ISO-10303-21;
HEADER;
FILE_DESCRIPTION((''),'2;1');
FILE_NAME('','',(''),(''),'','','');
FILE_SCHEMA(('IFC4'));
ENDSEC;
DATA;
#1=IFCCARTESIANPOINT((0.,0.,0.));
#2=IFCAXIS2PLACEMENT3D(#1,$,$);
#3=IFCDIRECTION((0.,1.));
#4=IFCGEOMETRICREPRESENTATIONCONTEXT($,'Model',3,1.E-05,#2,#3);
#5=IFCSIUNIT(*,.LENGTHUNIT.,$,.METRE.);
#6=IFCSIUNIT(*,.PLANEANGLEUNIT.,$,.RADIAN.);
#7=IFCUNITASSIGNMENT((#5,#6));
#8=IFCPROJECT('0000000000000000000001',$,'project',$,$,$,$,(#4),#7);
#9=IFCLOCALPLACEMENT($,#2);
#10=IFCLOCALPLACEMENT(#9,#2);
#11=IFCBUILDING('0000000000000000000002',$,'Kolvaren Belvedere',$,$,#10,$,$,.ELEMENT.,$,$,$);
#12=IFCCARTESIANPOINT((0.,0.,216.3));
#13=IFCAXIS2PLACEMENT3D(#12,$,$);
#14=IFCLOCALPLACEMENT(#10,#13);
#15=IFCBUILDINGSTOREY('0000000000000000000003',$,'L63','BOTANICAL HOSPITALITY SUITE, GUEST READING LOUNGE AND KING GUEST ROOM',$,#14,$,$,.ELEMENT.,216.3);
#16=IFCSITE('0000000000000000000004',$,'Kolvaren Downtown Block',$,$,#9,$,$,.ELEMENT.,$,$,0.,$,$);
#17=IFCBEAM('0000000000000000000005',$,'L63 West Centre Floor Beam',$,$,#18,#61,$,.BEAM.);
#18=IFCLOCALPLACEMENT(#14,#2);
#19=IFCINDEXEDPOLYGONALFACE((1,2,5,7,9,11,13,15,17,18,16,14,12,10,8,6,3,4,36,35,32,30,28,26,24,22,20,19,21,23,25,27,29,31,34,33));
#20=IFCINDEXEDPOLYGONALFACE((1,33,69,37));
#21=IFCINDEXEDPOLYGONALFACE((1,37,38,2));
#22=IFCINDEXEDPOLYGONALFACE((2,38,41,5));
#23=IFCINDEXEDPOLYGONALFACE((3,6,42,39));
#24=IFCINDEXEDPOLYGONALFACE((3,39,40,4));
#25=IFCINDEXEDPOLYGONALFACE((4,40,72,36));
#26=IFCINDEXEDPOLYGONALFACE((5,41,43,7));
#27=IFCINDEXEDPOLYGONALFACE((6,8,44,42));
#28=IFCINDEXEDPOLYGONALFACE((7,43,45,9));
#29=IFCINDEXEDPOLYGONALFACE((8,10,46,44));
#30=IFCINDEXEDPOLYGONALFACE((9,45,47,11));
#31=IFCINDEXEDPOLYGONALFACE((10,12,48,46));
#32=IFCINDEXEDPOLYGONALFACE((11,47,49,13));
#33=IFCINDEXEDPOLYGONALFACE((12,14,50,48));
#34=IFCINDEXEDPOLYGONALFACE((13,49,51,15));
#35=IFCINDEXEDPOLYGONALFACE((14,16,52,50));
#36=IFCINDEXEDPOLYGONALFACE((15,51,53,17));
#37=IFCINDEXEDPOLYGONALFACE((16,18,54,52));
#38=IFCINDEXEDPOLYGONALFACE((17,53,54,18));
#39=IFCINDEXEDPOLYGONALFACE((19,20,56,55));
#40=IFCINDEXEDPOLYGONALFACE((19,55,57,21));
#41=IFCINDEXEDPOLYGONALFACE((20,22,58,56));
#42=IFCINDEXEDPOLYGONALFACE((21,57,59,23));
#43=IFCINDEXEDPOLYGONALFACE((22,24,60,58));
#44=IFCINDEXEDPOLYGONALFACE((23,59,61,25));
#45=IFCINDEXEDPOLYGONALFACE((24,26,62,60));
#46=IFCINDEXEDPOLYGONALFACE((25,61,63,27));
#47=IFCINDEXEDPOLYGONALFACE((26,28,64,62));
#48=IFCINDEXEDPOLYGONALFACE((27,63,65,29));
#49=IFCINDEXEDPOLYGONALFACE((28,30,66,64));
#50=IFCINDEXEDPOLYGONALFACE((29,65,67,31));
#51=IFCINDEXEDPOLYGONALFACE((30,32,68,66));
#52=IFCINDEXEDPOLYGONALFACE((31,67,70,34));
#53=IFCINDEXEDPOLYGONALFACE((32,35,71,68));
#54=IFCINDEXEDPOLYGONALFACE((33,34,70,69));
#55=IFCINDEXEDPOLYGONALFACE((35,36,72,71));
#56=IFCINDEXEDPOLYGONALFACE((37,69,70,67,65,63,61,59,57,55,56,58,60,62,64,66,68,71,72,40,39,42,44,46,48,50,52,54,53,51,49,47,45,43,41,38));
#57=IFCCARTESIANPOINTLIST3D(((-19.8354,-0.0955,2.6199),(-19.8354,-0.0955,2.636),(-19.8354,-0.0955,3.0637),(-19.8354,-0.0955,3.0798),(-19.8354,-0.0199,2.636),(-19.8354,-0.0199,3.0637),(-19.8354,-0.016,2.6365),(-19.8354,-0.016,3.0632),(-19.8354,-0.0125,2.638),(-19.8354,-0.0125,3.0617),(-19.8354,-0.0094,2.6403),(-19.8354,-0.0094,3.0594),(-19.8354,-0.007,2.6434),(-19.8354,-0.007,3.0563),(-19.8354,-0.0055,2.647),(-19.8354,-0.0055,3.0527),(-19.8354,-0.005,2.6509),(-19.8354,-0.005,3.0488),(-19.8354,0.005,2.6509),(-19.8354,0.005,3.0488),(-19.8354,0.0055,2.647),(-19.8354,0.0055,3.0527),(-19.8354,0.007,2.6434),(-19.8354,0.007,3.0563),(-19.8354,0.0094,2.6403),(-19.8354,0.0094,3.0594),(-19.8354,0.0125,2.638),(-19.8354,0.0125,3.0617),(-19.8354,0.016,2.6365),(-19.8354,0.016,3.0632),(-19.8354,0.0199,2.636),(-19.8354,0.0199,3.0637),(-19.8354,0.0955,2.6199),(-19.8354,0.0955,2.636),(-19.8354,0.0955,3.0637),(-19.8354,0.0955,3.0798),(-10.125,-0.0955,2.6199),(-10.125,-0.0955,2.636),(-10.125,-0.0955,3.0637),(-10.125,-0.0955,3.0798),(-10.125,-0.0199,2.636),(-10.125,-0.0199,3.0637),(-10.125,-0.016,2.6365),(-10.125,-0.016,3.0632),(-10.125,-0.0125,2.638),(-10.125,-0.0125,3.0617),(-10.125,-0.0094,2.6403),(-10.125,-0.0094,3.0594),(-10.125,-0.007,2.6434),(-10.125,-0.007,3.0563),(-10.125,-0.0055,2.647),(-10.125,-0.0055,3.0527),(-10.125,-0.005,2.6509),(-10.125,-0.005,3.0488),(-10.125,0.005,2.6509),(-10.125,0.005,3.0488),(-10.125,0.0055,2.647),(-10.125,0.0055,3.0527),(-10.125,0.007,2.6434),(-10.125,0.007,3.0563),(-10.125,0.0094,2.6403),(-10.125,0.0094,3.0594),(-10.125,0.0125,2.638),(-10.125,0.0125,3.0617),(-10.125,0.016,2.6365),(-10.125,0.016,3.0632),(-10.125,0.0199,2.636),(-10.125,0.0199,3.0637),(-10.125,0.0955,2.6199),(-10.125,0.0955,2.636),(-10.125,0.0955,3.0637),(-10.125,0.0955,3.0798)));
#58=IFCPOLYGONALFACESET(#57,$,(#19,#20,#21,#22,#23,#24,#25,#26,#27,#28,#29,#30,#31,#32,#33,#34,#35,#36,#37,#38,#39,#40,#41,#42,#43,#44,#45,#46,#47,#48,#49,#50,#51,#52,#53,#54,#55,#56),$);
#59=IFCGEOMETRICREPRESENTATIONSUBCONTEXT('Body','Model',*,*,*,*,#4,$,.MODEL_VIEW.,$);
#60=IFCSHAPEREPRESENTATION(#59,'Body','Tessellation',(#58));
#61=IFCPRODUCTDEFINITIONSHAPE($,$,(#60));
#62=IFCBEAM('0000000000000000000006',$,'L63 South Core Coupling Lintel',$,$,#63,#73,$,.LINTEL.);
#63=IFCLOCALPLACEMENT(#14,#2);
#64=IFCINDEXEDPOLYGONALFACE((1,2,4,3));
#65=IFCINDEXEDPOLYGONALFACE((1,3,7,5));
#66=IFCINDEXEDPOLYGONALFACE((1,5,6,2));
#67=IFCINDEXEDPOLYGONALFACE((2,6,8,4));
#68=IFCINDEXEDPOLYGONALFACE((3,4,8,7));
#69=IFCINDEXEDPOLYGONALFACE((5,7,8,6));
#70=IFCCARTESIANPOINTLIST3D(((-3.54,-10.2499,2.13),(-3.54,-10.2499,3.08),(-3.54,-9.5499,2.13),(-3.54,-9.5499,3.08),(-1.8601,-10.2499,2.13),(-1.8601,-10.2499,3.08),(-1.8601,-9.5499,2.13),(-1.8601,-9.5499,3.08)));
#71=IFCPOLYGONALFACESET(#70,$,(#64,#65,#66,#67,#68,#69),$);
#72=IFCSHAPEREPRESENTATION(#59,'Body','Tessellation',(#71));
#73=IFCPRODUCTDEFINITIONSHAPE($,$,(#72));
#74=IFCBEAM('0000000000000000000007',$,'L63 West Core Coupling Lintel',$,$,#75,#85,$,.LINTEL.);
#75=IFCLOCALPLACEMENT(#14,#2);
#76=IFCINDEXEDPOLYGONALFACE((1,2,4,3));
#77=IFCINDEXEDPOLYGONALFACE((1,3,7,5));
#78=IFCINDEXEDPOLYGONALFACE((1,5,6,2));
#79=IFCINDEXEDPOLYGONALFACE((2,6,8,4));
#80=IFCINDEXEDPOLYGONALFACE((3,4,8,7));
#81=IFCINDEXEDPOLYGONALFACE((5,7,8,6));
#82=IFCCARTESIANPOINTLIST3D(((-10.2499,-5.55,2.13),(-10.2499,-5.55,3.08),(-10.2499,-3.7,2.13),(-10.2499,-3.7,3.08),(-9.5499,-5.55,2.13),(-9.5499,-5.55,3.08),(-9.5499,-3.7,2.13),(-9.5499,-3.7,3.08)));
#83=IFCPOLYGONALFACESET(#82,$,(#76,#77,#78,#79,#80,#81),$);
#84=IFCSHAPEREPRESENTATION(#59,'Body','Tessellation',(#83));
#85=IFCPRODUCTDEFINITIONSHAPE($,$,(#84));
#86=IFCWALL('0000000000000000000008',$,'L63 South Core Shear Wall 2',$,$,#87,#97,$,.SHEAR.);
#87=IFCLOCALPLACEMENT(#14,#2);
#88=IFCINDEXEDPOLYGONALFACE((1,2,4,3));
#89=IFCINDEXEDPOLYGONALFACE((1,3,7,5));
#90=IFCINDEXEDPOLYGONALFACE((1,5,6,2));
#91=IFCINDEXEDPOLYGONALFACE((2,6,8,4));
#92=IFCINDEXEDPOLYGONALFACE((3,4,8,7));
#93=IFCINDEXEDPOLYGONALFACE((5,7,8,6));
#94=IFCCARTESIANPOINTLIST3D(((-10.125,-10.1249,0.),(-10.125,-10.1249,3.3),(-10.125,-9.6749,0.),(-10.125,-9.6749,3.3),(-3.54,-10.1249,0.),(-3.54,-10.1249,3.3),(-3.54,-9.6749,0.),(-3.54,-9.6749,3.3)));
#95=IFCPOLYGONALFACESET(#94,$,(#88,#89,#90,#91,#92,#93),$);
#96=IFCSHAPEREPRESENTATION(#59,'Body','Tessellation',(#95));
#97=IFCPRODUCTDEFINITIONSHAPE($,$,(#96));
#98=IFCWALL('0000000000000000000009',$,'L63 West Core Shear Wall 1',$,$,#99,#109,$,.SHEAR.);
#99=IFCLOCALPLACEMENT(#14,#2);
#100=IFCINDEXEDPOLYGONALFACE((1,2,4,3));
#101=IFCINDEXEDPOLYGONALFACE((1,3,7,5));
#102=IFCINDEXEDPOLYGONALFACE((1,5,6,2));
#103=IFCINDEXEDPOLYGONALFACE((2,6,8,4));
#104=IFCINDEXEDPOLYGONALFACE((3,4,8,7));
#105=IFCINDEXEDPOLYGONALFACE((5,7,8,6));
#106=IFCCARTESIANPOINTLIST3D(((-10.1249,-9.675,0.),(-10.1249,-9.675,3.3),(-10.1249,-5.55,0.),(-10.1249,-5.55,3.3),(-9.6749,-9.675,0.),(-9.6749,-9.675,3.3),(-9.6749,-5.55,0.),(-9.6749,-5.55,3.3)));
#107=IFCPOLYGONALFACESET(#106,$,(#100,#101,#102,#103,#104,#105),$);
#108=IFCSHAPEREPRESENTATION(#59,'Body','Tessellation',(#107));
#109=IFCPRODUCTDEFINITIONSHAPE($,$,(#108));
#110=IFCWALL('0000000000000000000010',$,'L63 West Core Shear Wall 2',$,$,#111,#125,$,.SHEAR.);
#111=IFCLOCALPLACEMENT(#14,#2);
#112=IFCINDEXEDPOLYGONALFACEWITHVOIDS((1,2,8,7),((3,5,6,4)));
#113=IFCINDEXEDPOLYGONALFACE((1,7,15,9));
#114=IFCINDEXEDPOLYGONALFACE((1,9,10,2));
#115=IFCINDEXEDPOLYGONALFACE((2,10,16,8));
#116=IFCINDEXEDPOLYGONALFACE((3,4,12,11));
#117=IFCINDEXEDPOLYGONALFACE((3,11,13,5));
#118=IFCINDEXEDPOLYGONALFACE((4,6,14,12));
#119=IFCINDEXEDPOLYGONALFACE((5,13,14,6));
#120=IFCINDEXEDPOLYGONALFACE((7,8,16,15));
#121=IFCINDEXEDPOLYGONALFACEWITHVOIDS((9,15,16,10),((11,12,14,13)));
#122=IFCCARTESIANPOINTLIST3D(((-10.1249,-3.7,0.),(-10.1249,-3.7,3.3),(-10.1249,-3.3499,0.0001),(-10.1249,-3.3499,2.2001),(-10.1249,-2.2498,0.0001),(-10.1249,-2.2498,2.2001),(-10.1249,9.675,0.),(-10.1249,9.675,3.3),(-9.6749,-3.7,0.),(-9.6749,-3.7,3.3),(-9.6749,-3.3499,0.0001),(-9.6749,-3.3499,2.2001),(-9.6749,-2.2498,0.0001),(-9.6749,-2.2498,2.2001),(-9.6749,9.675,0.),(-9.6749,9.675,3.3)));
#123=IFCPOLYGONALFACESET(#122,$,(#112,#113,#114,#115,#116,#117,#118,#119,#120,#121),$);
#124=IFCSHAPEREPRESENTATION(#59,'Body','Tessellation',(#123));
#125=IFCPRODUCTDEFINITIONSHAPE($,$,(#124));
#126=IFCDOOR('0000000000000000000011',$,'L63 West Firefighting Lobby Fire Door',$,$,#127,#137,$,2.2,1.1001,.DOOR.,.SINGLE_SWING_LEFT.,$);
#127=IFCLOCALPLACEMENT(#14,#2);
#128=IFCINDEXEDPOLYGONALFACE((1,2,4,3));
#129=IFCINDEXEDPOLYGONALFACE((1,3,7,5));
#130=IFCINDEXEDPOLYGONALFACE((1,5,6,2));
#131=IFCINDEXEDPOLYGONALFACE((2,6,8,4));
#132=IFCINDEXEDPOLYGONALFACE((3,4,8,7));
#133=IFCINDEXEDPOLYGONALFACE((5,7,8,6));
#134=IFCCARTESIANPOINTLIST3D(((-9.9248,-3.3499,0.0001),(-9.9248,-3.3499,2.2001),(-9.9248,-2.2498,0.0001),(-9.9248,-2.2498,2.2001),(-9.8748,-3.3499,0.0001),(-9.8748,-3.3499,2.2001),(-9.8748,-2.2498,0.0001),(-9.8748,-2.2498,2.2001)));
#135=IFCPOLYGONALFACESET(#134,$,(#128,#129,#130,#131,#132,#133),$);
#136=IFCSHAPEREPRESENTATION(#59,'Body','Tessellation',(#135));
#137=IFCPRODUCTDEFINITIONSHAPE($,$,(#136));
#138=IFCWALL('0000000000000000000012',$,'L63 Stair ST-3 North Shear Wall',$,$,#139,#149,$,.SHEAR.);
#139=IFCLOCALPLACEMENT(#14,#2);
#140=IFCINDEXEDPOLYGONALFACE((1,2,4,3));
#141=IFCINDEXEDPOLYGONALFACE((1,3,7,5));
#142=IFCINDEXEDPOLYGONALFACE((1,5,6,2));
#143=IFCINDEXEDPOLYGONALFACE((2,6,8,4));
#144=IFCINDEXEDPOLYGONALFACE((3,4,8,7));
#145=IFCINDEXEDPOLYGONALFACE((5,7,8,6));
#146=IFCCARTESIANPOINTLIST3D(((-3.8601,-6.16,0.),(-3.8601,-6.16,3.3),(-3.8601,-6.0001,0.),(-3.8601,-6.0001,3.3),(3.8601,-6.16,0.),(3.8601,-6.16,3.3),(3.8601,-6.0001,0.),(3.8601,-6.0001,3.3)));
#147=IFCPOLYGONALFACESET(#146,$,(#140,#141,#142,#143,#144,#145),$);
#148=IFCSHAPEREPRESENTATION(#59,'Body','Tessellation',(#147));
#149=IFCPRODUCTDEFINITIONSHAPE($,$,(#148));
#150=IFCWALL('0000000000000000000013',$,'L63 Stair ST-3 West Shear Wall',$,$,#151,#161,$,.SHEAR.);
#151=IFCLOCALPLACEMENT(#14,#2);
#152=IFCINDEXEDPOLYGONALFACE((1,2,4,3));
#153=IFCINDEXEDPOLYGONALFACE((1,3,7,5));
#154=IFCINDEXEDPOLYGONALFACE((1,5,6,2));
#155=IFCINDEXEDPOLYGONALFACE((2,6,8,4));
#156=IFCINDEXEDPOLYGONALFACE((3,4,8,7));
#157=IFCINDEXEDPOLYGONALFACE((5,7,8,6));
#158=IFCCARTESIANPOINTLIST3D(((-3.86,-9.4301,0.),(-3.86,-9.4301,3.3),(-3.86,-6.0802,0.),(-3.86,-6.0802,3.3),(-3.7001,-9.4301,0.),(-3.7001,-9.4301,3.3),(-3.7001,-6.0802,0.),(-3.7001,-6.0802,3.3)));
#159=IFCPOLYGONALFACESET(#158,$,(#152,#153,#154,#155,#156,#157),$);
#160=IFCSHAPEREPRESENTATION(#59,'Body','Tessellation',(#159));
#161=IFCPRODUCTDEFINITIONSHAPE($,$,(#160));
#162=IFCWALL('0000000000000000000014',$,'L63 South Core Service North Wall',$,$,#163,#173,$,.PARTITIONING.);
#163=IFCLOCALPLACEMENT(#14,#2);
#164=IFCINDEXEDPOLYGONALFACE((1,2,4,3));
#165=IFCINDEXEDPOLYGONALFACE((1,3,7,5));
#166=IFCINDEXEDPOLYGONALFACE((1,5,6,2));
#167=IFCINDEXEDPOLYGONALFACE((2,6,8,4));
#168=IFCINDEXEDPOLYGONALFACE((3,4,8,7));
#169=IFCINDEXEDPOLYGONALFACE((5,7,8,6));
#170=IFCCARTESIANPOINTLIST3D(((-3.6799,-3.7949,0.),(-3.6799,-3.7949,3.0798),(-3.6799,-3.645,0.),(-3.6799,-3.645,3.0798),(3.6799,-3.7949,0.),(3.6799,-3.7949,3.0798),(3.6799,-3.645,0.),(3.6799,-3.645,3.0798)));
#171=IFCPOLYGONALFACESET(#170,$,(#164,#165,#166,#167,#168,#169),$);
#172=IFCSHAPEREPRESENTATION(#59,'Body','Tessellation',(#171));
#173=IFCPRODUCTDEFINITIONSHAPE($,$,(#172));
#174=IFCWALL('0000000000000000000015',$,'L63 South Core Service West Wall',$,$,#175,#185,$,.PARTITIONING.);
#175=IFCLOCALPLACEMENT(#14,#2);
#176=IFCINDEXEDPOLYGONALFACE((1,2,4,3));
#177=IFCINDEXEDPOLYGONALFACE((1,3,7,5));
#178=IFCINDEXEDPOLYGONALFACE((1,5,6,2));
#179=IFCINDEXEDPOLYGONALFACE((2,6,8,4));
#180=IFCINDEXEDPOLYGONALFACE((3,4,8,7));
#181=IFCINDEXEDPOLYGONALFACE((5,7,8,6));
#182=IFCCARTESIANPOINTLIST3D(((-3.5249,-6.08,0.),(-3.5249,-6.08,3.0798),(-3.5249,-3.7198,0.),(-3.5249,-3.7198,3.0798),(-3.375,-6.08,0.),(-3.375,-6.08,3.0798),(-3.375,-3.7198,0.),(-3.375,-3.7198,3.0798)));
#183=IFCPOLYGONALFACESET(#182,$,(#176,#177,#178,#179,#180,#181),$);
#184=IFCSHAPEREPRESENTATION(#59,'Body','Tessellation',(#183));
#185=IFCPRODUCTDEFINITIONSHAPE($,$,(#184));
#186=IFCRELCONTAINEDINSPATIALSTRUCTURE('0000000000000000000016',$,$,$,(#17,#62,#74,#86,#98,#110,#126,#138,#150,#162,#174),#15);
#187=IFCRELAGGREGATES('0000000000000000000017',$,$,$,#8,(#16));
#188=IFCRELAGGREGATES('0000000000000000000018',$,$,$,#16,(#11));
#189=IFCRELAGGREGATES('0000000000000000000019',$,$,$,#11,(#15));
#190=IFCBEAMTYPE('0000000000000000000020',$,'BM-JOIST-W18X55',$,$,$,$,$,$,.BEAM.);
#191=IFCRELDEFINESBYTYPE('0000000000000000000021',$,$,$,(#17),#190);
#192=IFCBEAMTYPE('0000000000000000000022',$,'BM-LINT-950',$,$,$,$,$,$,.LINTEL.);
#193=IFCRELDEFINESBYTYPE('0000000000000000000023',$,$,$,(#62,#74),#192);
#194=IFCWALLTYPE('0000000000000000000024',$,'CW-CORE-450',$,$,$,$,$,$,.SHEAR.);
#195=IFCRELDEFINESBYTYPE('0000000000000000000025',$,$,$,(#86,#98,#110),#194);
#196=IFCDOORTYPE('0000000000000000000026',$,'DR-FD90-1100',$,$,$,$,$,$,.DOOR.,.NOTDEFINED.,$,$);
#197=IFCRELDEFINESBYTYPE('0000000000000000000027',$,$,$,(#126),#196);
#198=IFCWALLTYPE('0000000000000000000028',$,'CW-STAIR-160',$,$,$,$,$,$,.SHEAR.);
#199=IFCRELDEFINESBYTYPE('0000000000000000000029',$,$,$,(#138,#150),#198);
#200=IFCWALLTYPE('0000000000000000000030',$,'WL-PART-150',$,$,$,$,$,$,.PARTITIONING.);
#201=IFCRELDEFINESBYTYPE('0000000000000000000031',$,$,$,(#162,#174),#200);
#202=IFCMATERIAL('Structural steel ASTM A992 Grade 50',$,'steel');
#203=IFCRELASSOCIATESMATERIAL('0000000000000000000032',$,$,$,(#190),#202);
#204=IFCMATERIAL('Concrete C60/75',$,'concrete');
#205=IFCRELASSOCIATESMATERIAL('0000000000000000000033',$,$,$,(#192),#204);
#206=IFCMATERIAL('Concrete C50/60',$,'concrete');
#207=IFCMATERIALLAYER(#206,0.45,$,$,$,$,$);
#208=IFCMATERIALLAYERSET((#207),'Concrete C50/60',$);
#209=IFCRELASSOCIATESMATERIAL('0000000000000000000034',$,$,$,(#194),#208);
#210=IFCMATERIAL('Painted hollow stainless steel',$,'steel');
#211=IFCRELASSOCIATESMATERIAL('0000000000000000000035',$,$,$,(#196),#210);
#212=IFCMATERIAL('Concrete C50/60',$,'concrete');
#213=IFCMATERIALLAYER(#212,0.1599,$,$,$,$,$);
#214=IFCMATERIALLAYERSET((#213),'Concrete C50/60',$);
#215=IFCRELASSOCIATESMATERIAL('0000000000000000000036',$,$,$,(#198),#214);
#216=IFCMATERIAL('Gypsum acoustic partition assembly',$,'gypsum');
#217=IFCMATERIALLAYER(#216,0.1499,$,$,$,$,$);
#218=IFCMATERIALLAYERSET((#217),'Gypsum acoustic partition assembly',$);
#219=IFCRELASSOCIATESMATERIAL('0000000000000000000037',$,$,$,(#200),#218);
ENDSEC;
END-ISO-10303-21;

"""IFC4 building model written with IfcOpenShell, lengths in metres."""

from ifc_helpers import new_model, si_unit, direction, frame, frame_2d, origin, origin_2d, place, context, subcontext, project, spatial, rectangle, i_section, extrude, material, layer, layer_set, material_profile, profile_set, type_object, element, fill, save


model = new_model("IFC4")

# Units and contexts
model_context = context("Model", 3, precision=1e-05, world=origin(), true_north=direction((0.0, 1.0)))
body_context = subcontext(model_context, "Body", "Model", "MODEL_VIEW")
ifc_project = project(units=[si_unit("LENGTHUNIT", "METRE"), si_unit("PLANEANGLEUNIT", "RADIAN")], contexts=[model_context])

# Site, building, storey
site_placement = place(None, origin())
site = spatial("IfcSite", under=ifc_project, at=site_placement, Name="Kolvaren Downtown Block", CompositionType="ELEMENT", RefElevation=0.0)
building_placement = place(site_placement, origin())
building = spatial("IfcBuilding", under=site, at=building_placement, Name="Kolvaren Belvedere", CompositionType="ELEMENT")
storey_placement = place(building_placement, frame((0.0, 0.0, 216.3)))
storey = spatial("IfcBuildingStorey", under=building, at=storey_placement, Name="L63", Description="BOTANICAL HOSPITALITY SUITE, GUEST READING LOUNGE AND KING GUEST ROOM", CompositionType="ELEMENT", Elevation=216.3)

# Beams
ifc_material_1 = material(Name="Structural steel ASTM A992 Grade 50", Category="steel")
ifc_material_profile_1 = material_profile(ifc_material_1, i_section(OverallWidth=0.1909, OverallDepth=0.46, WebThickness=0.01, FlangeThickness=0.0161, FilletRadius=0.0149, at=origin_2d()), Name="W18X55")
ifc_profile_set_1 = profile_set([ifc_material_profile_1], Name="Structural steel ASTM A992 Grade 50")
beam_type_1 = type_object("IfcBeamType", Name="BM-JOIST-W18X55", PredefinedType="BEAM", material=ifc_profile_set_1)
beam_1_placement = place(storey_placement, frame((-10.125, 0.0, 2.8499), z_axis=(-1.0, 0.0, 0.0), x_axis=(0.0, -1.0, 0.0)))
element("IfcBeam", 1, at=beam_1_placement, inside=storey, type_object=beam_type_1, Name="L63 West Centre Floor Beam", PredefinedType="BEAM", context=body_context, shape_type="SweptSolid", body=[
    extrude(i_section(OverallWidth=0.1909, OverallDepth=0.46, WebThickness=0.01, FlangeThickness=0.0161, FilletRadius=0.0149, at=origin_2d()), origin(), (0.0, 0.0, 1.0), 9.7104),
])
ifc_material_2 = material(Name="Concrete C60/75", Category="concrete")
ifc_material_profile_2 = material_profile(ifc_material_2, rectangle(XDim=0.7, YDim=0.95, at=origin_2d()), Name="RC 700X950")
ifc_profile_set_2 = profile_set([ifc_material_profile_2], Name="Concrete C60/75")
beam_type_2 = type_object("IfcBeamType", Name="BM-LINT-950", PredefinedType="LINTEL", material=ifc_profile_set_2)
beam_2_placement = place(storey_placement, frame((-3.54, -9.8999, 2.605), z_axis=(1.0, 0.0, 0.0), x_axis=(0.0, 1.0, 0.0)))
element("IfcBeam", 2, at=beam_2_placement, inside=storey, type_object=beam_type_2, Name="L63 South Core Coupling Lintel", PredefinedType="LINTEL", context=body_context, shape_type="SweptSolid", body=[
    extrude(rectangle(XDim=0.7, YDim=0.95, at=origin_2d()), origin(), (0.0, 0.0, 1.0), 1.6799),
])
beam_3_placement = place(storey_placement, frame((-9.8999, -5.55, 2.605), z_axis=(0.0, 1.0, 0.0), x_axis=(-1.0, 0.0, 0.0)))
element("IfcBeam", 3, at=beam_3_placement, inside=storey, type_object=beam_type_2, Name="L63 West Core Coupling Lintel", PredefinedType="LINTEL", context=body_context, shape_type="SweptSolid", body=[
    extrude(rectangle(XDim=0.7, YDim=0.95, at=origin_2d()), origin(), (0.0, 0.0, 1.0), 1.8501),
])

# Walls
ifc_material_3 = material(Name="Concrete C50/60", Category="concrete")
ifc_layer_1 = layer(ifc_material_3, 0.45)
ifc_layer_set_1 = layer_set([ifc_layer_1], Name="Concrete C50/60")
wall_type_1 = type_object("IfcWallType", Name="CW-CORE-450", PredefinedType="SHEAR", material=ifc_layer_set_1)
wall_1_placement = place(storey_placement, frame((-3.54, -9.8999, 0.0), z_axis=(0.0, 0.0, 1.0), x_axis=(-1.0, 0.0, 0.0)))
element("IfcWall", 4, at=wall_1_placement, inside=storey, type_object=wall_type_1, Name="L63 South Core Shear Wall 2", PredefinedType="SHEAR", context=body_context, shape_type="SweptSolid", body=[
    extrude(rectangle(XDim=6.585, YDim=0.45, at=frame_2d((3.2925, 0.0))), origin(), (0.0, 0.0, 1.0), 3.3),
])
wall_2_placement = place(storey_placement, frame((-9.8999, -9.675, 0.0), z_axis=(0.0, 0.0, 1.0), x_axis=(0.0, 1.0, 0.0)))
element("IfcWall", 5, at=wall_2_placement, inside=storey, type_object=wall_type_1, Name="L63 West Core Shear Wall 1", PredefinedType="SHEAR", context=body_context, shape_type="SweptSolid", body=[
    extrude(rectangle(XDim=4.125, YDim=0.45, at=frame_2d((2.0625, 0.0))), origin(), (0.0, 0.0, 1.0), 3.3),
])

# Wall, opening, door
wall_3_placement = place(storey_placement, frame((-9.8999, -3.7, 0.0), z_axis=(0.0, 0.0, 1.0), x_axis=(0.0, 1.0, 0.0)))
wall_3 = element("IfcWall", 6, at=wall_3_placement, inside=storey, type_object=wall_type_1, Name="L63 West Core Shear Wall 2", PredefinedType="SHEAR", context=body_context, shape_type="SweptSolid", body=[
    extrude(rectangle(XDim=13.375, YDim=0.45, at=frame_2d((6.6875, 0.0))), origin(), (0.0, 0.0, 1.0), 3.3),
])
opening_1_placement = place(wall_3_placement, frame((0.3501, 0.0, 0.0)))
opening_1 = element("IfcOpeningElement", 7, at=opening_1_placement, cuts=wall_3, PredefinedType="OPENING", context=body_context, shape_type="SweptSolid", body=[
    extrude(rectangle(XDim=1.1001, YDim=2.2, at=frame_2d((0.55, 1.1001))), frame((0.0, 0.2349, 0.0), z_axis=(0.0, -1.0, 0.0), x_axis=(1.0, 0.0, 0.0)), (0.0, 0.0, 1.0), 0.47),
])
ifc_material_4 = material(Name="Painted hollow stainless steel", Category="steel")
door_type_1 = type_object("IfcDoorType", Name="DR-FD90-1100", OperationType="NOTDEFINED", PredefinedType="DOOR", material=ifc_material_4)
door_1_placement = place(opening_1_placement, origin())
door_1 = element("IfcDoor", 8, at=door_1_placement, inside=storey, type_object=door_type_1, Name="L63 West Firefighting Lobby Fire Door", OperationType="SINGLE_SWING_LEFT", OverallHeight=2.2, OverallWidth=1.1001, PredefinedType="DOOR", context=body_context, shape_type="SweptSolid", body=[
    extrude(rectangle(XDim=1.1001, YDim=2.2, at=frame_2d((0.55, 1.1001))), frame((0.0, 0.0249, 0.0), z_axis=(0.0, -1.0, 0.0), x_axis=(1.0, 0.0, 0.0)), (0.0, 0.0, 1.0), 0.05),
])
fill(opening_1, door_1)

# Walls
ifc_material_5 = material(Name="Concrete C50/60", Category="concrete")
ifc_layer_2 = layer(ifc_material_5, 0.1599)
ifc_layer_set_2 = layer_set([ifc_layer_2], Name="Concrete C50/60")
wall_type_2 = type_object("IfcWallType", Name="CW-STAIR-160", PredefinedType="SHEAR", material=ifc_layer_set_2)
wall_4_placement = place(storey_placement, frame((-3.8601, -6.0801, 0.0), z_axis=(0.0, 0.0, 1.0), x_axis=(1.0, 0.0, 0.0)))
element("IfcWall", 9, at=wall_4_placement, inside=storey, type_object=wall_type_2, Name="L63 Stair ST-3 North Shear Wall", PredefinedType="SHEAR", context=body_context, shape_type="SweptSolid", body=[
    extrude(rectangle(XDim=7.7202, YDim=0.1599, at=frame_2d((3.8601, 0.0))), origin(), (0.0, 0.0, 1.0), 3.3),
])
wall_5_placement = place(storey_placement, frame((-3.78, -9.4299, 0.0), z_axis=(0.0, 0.0, 1.0), x_axis=(0.0, 1.0, 0.0)))
element("IfcWall", 10, at=wall_5_placement, inside=storey, type_object=wall_type_2, Name="L63 Stair ST-3 West Shear Wall", PredefinedType="SHEAR", context=body_context, shape_type="SweptSolid", body=[
    extrude(rectangle(XDim=3.3499, YDim=0.1599, at=frame_2d((1.6748, 0.0))), origin(), (0.0, 0.0, 1.0), 3.3),
])
ifc_material_6 = material(Name="Gypsum acoustic partition assembly", Category="gypsum")
ifc_layer_3 = layer(ifc_material_6, 0.1499)
ifc_layer_set_3 = layer_set([ifc_layer_3], Name="Gypsum acoustic partition assembly")
wall_type_3 = type_object("IfcWallType", Name="WL-PART-150", PredefinedType="PARTITIONING", material=ifc_layer_set_3)
wall_6_placement = place(storey_placement, frame((-3.6799, -3.72, 0.0), z_axis=(0.0, 0.0, 1.0), x_axis=(1.0, 0.0, 0.0)))
element("IfcWall", 11, at=wall_6_placement, inside=storey, type_object=wall_type_3, Name="L63 South Core Service North Wall", PredefinedType="PARTITIONING", context=body_context, shape_type="SweptSolid", body=[
    extrude(rectangle(XDim=7.3599, YDim=0.1499, at=frame_2d((3.6799, 0.0))), origin(), (0.0, 0.0, 1.0), 3.0798),
])
wall_7_placement = place(storey_placement, frame((-3.45, -6.0801, 0.0), z_axis=(0.0, 0.0, 1.0), x_axis=(0.0, 1.0, 0.0)))
element("IfcWall", 12, at=wall_7_placement, inside=storey, type_object=wall_type_3, Name="L63 South Core Service West Wall", PredefinedType="PARTITIONING", context=body_context, shape_type="SweptSolid", body=[
    extrude(rectangle(XDim=2.3601, YDim=0.1499, at=frame_2d((1.1802, 0.0))), origin(), (0.0, 0.0, 1.0), 3.0798),
])

save(model, "model.ifc")
